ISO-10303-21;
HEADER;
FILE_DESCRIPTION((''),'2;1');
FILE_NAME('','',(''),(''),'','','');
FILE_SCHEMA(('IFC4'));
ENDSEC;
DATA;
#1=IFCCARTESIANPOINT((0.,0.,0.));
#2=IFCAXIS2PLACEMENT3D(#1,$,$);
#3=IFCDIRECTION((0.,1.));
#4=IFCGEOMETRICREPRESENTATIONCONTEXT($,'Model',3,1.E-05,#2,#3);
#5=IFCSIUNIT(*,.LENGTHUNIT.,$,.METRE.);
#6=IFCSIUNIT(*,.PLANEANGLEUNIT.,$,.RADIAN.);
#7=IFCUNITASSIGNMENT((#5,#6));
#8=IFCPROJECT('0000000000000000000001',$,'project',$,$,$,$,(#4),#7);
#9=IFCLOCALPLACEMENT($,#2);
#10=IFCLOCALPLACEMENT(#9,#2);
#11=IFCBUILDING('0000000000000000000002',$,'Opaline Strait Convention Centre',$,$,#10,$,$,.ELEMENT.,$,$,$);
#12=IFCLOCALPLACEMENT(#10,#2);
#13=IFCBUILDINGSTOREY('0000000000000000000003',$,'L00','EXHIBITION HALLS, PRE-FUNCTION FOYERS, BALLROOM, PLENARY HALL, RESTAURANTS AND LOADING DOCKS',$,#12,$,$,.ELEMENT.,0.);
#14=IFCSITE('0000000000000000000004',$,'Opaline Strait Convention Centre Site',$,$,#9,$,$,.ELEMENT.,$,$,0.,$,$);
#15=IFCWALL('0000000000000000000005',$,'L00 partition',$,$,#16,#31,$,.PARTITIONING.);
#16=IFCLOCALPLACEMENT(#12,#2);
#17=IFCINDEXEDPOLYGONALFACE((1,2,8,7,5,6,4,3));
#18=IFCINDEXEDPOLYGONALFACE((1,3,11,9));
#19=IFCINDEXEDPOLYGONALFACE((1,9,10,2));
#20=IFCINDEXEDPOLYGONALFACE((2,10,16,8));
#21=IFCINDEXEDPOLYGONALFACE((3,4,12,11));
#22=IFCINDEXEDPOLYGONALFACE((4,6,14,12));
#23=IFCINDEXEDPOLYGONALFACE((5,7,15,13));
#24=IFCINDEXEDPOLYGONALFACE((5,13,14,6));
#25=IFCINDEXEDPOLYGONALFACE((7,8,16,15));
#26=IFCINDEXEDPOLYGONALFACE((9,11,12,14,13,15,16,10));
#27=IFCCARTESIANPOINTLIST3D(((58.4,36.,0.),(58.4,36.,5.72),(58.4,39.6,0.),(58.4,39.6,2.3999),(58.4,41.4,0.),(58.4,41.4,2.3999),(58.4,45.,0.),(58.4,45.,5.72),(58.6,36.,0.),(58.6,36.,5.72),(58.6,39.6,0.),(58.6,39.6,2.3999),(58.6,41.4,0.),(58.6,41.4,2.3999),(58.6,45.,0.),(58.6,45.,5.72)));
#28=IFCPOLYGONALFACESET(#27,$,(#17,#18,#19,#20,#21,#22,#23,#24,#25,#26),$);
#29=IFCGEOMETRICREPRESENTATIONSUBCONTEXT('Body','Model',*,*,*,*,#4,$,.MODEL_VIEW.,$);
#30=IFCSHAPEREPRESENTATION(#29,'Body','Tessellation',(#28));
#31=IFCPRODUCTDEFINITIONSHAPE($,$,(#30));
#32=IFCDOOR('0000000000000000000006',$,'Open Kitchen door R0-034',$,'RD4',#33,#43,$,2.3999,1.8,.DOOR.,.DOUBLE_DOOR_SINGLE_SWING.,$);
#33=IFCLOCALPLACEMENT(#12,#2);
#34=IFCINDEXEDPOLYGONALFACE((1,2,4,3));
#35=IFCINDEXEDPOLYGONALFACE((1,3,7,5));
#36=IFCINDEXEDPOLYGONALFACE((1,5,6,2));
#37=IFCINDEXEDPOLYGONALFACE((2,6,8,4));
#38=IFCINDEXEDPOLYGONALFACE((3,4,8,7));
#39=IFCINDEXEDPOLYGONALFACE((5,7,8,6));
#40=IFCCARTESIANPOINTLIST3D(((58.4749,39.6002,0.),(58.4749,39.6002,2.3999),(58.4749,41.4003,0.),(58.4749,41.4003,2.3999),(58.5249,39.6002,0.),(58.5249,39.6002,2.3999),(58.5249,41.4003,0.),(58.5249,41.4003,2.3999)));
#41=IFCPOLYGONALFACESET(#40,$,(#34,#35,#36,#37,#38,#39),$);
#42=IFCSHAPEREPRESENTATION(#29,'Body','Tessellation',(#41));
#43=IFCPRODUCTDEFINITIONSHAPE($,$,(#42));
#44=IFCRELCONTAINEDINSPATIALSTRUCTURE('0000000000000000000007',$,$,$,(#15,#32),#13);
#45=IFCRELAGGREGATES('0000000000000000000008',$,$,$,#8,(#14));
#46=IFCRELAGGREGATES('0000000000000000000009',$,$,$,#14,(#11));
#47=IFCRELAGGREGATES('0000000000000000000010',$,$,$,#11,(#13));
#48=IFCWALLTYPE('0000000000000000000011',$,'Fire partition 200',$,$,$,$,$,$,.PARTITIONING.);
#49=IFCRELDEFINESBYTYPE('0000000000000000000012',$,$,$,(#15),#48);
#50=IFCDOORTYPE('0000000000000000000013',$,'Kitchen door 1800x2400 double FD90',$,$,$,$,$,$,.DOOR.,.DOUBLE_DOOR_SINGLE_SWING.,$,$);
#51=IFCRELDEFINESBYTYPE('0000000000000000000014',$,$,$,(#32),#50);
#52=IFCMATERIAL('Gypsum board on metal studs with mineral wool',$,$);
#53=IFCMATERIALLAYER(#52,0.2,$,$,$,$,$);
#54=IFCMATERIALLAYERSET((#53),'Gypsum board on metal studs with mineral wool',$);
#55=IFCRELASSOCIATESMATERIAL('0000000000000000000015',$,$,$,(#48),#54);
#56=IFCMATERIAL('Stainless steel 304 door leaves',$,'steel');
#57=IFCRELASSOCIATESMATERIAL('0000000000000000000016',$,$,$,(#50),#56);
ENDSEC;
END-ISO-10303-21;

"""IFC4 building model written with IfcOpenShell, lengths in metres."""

from ifc_helpers import new_model, si_unit, direction, frame, frame_2d, origin, place, context, subcontext, project, spatial, rectangle, extrude, material, layer, layer_set, type_object, element, fill, save


model = new_model("IFC4")

# Units and contexts
model_context = context("Model", 3, precision=1e-05, world=origin(), true_north=direction((0.0, 1.0)))
body_context = subcontext(model_context, "Body", "Model", "MODEL_VIEW")
ifc_project = project(units=[si_unit("LENGTHUNIT", "METRE"), si_unit("PLANEANGLEUNIT", "RADIAN")], contexts=[model_context])

# Site, building, storey
site_placement = place(None, origin())
site = spatial("IfcSite", under=ifc_project, at=site_placement, Name="Opaline Strait Convention Centre Site", CompositionType="ELEMENT", RefElevation=0.0)
building_placement = place(site_placement, origin())
building = spatial("IfcBuilding", under=site, at=building_placement, Name="Opaline Strait Convention Centre", CompositionType="ELEMENT")
storey_placement = place(building_placement, origin())
storey = spatial("IfcBuildingStorey", under=building, at=storey_placement, Name="L00", Description="EXHIBITION HALLS, PRE-FUNCTION FOYERS, BALLROOM, PLENARY HALL, RESTAURANTS AND LOADING DOCKS", CompositionType="ELEMENT", Elevation=0.0)

# Shared definitions
ifc_material_1 = material(Name="Gypsum board on metal studs with mineral wool")
ifc_layer = layer(ifc_material_1, 0.2)
ifc_layer_set = layer_set([ifc_layer], Name="Gypsum board on metal studs with mineral wool")
wall_type = type_object("IfcWallType", Name="Fire partition 200", PredefinedType="PARTITIONING", material=ifc_layer_set)
ifc_material_2 = material(Name="Stainless steel 304 door leaves", Category="steel")
door_type = type_object("IfcDoorType", Name="Kitchen door 1800x2400 double FD90", OperationType="DOUBLE_DOOR_SINGLE_SWING", PredefinedType="DOOR", material=ifc_material_2)

# Wall, opening, door
wall_1_placement = place(storey_placement, frame((58.5, 36.0, 0.0), z_axis=(0.0, 0.0, 1.0), x_axis=(0.0, 1.0, 0.0)))
wall_1 = element("IfcWall", 1, at=wall_1_placement, inside=storey, type_object=wall_type, Name="L00 partition", PredefinedType="PARTITIONING", context=body_context, shape_type="SweptSolid", body=[
    extrude(rectangle(XDim=9.0, YDim=0.2, at=frame_2d((4.5, 0.0))), origin(), (0.0, 0.0, 1.0), 5.72),
])
opening_1_placement = place(wall_1_placement, frame((3.6001, 0.0, 0.0)))
opening_1 = element("IfcOpeningElement", 2, at=opening_1_placement, cuts=wall_1, PredefinedType="OPENING", context=body_context, shape_type="SweptSolid", body=[
    extrude(rectangle(XDim=1.8, YDim=2.3999, at=frame_2d((0.8999, 1.2))), frame((0.0, 0.1099, 0.0), z_axis=(0.0, -1.0, 0.0), x_axis=(1.0, 0.0, 0.0)), (0.0, 0.0, 1.0), 0.22),
])
door_1_placement = place(opening_1_placement, frame((1.8, 0.0, 0.0), z_axis=(0.0, 0.0, 1.0), x_axis=(-1.0, 0.0, 0.0)))
door_1 = element("IfcDoor", 3, at=door_1_placement, inside=storey, type_object=door_type, Name="Open Kitchen door R0-034", ObjectType="RD4", OperationType="DOUBLE_DOOR_SINGLE_SWING", OverallHeight=2.3999, OverallWidth=1.8, PredefinedType="DOOR", context=body_context, shape_type="SweptSolid", body=[
    extrude(rectangle(XDim=1.8, YDim=2.3999, at=frame_2d((0.8999, 1.2))), frame((0.0, 0.0249, 0.0), z_axis=(0.0, -1.0, 0.0), x_axis=(1.0, 0.0, 0.0)), (0.0, 0.0, 1.0), 0.05),
])
fill(opening_1, door_1)

save(model, "model.ifc")
